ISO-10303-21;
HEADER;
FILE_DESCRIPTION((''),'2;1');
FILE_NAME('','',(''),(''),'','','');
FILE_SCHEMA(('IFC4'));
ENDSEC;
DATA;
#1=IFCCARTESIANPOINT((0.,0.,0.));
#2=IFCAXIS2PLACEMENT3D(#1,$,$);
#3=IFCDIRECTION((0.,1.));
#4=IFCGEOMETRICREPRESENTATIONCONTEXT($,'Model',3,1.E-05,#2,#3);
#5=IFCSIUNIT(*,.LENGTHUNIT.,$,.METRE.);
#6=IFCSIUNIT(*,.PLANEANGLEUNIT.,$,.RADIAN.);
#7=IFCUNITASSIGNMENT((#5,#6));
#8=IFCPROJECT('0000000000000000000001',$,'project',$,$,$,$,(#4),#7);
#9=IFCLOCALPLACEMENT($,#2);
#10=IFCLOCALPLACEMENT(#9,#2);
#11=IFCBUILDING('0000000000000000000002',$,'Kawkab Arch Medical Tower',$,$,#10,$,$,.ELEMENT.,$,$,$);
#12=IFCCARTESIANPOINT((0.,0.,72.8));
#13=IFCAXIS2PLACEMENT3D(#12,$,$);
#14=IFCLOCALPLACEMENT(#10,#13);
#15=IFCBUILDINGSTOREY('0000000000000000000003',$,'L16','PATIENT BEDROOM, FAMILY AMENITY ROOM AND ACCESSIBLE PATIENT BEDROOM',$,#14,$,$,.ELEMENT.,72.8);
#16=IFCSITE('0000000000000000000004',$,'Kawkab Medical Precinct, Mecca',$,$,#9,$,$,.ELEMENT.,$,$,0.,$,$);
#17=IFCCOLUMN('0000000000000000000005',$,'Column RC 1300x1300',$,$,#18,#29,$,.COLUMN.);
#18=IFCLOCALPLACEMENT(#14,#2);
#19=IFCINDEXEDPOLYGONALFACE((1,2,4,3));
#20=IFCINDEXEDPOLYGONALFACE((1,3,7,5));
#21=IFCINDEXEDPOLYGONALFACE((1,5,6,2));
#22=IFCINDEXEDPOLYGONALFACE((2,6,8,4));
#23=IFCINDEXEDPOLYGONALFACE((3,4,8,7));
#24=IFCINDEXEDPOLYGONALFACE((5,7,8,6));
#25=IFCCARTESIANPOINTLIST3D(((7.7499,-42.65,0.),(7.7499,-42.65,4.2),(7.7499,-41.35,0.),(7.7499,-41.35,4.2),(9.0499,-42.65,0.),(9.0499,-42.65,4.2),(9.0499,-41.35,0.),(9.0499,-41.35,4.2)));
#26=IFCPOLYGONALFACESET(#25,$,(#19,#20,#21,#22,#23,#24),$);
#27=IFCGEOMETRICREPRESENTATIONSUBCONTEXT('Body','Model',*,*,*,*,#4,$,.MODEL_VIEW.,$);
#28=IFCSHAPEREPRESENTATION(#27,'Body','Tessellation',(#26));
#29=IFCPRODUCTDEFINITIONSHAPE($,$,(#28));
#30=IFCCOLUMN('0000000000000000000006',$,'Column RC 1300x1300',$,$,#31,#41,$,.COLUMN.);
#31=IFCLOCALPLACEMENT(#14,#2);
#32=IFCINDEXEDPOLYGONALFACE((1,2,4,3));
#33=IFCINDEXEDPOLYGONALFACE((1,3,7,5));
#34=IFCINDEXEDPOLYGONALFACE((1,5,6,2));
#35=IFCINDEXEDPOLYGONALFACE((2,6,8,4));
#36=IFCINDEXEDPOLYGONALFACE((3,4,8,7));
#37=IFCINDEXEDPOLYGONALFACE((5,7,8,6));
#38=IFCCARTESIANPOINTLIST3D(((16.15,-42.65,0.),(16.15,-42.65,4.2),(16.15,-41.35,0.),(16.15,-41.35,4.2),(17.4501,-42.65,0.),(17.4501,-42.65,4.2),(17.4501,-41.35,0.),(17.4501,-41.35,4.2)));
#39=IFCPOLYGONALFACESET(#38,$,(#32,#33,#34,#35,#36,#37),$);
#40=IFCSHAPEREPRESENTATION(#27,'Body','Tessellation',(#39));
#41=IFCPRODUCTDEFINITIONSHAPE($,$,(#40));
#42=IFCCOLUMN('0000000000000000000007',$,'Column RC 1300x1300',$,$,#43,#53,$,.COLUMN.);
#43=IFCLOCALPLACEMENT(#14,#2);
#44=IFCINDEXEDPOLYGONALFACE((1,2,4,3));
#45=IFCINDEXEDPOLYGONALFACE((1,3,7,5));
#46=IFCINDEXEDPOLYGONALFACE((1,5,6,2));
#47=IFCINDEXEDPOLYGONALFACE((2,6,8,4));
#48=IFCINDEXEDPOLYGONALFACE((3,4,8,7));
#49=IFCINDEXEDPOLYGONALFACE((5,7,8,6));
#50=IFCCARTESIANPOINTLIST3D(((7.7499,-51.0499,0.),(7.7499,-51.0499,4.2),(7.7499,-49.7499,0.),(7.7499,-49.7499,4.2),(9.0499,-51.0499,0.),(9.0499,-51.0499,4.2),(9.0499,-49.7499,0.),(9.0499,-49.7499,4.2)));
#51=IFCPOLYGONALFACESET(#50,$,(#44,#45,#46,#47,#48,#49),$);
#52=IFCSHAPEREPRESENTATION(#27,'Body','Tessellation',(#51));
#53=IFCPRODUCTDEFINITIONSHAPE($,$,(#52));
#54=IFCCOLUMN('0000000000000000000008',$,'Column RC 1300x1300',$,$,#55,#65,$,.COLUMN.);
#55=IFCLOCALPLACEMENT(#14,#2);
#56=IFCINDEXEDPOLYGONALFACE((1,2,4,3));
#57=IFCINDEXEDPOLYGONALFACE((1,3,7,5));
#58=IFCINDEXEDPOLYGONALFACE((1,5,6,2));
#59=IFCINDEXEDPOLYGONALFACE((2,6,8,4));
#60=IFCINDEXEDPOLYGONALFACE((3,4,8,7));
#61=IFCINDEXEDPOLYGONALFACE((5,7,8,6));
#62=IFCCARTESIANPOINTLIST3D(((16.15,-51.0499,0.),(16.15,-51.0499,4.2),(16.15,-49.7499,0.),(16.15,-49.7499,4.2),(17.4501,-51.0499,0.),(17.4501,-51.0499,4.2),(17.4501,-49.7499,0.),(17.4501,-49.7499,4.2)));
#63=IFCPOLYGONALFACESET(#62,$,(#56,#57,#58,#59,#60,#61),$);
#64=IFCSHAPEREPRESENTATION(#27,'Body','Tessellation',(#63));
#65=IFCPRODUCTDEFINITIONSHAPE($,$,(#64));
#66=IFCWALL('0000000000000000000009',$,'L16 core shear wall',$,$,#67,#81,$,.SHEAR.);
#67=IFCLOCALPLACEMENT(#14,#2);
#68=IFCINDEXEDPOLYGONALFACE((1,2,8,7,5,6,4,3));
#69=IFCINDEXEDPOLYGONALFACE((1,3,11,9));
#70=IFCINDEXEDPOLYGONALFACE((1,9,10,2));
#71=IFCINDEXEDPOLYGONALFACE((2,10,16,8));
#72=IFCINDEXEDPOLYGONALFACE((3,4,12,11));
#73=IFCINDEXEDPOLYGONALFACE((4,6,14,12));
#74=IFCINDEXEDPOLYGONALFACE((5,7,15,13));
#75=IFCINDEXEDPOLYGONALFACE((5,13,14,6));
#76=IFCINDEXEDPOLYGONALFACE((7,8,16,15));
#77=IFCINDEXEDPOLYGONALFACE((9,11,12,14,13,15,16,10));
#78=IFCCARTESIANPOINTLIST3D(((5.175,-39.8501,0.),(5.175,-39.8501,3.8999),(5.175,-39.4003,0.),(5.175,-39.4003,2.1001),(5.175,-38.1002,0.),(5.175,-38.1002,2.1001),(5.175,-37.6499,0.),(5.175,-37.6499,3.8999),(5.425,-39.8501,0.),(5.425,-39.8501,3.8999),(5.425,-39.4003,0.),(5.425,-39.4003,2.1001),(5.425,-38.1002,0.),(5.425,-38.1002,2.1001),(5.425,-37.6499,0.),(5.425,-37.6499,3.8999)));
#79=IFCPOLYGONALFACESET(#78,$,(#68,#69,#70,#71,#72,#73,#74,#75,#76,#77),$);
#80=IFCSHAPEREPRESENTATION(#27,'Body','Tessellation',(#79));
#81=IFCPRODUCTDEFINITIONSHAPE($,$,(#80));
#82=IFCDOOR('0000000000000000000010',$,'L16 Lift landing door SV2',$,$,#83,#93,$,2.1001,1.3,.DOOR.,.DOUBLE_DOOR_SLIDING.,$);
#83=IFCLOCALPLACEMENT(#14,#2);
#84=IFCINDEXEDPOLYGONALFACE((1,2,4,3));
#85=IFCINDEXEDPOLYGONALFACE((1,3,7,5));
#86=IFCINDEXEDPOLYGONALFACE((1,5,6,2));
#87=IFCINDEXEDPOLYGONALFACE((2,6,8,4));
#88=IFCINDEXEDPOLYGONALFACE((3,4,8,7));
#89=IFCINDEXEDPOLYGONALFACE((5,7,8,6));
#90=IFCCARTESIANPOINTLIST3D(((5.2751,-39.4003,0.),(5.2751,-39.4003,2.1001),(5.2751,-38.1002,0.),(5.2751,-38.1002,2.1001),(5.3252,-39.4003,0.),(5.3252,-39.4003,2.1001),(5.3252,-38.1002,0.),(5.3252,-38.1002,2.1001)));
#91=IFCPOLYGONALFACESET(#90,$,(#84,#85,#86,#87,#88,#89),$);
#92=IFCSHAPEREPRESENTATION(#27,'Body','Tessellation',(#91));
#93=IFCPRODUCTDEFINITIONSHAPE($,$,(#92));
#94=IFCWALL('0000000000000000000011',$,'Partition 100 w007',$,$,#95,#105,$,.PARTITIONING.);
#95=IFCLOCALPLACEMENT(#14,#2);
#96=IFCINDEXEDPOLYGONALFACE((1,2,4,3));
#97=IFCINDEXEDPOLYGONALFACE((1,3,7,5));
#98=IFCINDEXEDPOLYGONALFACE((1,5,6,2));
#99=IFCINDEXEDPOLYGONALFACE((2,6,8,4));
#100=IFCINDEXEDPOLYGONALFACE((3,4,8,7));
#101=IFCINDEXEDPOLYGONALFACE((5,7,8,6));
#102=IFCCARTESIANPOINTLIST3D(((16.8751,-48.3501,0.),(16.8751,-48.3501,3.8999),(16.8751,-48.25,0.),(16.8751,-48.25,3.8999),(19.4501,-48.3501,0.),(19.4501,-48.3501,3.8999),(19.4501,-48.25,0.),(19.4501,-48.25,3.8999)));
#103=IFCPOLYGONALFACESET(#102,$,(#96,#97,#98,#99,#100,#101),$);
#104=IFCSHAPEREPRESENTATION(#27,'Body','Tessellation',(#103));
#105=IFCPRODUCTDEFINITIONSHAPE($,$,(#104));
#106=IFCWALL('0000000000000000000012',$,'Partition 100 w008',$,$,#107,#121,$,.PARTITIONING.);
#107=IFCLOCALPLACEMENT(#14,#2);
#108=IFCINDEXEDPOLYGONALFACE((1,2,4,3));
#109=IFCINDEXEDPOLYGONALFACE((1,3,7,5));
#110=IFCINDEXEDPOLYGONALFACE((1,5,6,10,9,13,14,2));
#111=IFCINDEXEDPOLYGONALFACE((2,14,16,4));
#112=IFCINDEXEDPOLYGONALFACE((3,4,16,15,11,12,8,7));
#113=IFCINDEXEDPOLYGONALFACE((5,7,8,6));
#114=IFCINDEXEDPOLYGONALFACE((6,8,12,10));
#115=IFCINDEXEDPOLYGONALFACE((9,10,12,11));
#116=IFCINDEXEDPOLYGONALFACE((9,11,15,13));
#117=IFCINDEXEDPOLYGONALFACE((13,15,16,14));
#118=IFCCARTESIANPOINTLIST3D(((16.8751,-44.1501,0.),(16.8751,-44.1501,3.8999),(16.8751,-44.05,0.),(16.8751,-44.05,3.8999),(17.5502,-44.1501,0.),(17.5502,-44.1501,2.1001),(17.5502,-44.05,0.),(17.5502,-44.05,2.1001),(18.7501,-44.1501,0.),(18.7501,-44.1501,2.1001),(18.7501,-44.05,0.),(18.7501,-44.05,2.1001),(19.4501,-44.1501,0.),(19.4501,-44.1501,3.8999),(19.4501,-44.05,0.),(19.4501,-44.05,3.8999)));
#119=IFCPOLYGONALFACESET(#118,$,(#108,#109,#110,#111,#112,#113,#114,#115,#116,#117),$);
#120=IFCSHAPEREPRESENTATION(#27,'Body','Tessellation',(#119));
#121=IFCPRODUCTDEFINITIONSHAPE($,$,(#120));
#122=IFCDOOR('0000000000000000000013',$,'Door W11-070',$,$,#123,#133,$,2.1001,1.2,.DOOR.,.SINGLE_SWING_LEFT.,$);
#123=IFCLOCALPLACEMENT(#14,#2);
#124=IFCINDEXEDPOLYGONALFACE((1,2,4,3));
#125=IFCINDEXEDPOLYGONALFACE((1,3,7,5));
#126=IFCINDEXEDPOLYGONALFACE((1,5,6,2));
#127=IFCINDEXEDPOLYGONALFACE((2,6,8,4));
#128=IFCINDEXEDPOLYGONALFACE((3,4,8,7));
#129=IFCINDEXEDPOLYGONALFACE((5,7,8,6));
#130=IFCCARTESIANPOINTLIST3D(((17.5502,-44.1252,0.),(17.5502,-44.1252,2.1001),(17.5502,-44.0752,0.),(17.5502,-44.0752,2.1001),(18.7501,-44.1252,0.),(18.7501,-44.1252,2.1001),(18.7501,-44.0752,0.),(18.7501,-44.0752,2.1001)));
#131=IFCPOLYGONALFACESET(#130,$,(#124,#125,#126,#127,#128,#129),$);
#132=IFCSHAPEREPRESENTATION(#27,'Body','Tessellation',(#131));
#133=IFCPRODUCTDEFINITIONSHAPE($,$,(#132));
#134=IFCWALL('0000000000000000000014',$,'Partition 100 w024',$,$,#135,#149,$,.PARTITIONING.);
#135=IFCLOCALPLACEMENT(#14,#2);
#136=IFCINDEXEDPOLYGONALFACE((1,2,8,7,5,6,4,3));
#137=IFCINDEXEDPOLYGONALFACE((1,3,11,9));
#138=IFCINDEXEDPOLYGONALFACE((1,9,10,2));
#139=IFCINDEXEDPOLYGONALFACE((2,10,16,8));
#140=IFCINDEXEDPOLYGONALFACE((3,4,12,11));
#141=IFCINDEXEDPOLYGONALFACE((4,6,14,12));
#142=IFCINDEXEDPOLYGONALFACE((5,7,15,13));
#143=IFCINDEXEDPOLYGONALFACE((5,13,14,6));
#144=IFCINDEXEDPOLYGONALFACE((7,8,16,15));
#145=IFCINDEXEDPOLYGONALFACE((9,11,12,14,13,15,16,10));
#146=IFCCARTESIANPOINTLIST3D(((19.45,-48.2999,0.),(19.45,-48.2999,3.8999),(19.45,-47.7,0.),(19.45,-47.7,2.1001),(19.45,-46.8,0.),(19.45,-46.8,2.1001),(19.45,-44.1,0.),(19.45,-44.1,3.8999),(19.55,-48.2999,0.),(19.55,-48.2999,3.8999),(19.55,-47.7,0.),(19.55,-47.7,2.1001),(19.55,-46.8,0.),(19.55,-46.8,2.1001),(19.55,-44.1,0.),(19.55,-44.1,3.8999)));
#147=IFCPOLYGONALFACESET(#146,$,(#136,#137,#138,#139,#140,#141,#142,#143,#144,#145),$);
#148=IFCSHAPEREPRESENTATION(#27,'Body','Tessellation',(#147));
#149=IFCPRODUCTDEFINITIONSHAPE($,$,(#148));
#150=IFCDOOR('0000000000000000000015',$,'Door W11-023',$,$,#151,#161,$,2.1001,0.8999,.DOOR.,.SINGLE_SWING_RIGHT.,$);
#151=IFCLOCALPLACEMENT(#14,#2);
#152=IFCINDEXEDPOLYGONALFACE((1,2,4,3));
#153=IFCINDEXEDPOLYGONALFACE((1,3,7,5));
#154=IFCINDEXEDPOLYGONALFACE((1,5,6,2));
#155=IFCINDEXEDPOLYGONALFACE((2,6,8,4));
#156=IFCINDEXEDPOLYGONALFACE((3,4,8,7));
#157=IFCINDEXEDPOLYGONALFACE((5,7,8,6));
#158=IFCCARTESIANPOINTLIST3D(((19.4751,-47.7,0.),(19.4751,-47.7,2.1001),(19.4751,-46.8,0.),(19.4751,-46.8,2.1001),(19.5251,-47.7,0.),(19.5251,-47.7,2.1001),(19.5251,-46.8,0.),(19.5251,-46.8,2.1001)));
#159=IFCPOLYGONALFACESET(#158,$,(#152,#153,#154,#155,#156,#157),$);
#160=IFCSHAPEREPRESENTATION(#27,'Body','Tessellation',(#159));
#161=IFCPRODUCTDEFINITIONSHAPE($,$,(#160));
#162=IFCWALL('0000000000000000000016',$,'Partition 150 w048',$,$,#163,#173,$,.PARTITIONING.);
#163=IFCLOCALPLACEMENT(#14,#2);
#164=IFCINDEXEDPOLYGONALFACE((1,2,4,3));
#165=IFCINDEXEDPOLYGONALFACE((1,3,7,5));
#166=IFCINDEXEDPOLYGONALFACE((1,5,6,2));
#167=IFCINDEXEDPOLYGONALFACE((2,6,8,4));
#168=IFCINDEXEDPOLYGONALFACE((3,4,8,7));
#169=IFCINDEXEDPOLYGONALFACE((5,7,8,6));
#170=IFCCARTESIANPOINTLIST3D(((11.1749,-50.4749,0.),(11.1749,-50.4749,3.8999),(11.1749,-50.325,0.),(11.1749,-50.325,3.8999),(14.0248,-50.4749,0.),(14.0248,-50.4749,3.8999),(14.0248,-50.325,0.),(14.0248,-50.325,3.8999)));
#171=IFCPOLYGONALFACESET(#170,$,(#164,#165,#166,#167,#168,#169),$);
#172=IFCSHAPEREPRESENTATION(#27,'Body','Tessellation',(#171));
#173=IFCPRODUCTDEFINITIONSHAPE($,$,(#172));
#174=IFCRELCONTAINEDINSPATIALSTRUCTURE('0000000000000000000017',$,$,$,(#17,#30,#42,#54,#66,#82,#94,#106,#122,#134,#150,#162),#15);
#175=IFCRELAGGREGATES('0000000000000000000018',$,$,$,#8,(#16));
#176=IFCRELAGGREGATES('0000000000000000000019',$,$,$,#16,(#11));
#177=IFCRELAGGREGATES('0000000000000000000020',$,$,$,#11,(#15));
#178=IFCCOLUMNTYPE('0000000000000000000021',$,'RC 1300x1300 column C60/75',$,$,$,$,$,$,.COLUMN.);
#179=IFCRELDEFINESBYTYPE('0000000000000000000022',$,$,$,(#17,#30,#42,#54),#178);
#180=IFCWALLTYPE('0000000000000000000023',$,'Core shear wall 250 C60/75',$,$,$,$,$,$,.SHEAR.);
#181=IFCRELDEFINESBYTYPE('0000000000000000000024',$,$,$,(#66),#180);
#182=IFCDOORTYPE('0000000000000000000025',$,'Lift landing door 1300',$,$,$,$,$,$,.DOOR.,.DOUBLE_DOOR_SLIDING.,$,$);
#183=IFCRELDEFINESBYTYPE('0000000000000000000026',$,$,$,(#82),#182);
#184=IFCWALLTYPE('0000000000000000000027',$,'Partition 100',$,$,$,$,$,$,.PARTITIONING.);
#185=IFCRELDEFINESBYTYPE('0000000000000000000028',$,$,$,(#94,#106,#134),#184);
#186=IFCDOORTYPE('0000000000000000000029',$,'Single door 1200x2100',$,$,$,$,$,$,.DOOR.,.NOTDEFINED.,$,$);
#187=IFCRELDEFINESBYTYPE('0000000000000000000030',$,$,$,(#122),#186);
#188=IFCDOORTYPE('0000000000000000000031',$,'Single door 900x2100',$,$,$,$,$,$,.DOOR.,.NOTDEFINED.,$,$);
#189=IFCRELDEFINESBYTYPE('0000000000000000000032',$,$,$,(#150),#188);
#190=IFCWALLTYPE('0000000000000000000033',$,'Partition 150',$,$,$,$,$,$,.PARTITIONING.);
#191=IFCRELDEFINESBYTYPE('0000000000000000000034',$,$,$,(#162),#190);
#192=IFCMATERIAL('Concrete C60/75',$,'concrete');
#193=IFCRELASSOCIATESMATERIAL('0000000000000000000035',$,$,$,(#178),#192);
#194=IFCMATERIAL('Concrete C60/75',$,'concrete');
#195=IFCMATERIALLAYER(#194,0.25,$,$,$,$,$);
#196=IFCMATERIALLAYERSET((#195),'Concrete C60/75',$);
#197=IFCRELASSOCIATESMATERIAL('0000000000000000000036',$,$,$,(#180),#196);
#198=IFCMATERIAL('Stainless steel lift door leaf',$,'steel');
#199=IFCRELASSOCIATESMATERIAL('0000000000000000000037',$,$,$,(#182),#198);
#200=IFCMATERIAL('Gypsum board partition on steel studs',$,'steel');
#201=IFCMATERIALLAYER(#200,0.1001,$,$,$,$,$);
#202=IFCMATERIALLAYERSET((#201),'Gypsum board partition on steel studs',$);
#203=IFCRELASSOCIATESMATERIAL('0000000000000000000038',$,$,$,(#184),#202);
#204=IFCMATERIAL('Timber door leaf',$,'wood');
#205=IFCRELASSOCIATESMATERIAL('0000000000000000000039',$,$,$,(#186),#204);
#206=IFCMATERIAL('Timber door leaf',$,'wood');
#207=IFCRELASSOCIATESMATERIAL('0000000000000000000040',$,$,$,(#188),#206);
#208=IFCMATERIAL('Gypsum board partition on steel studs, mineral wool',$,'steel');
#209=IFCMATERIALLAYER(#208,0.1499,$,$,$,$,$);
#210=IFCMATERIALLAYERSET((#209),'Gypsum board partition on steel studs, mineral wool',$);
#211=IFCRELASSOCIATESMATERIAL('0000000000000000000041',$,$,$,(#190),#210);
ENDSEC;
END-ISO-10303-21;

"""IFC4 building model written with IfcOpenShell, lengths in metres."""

from ifc_helpers import new_model, si_unit, direction, frame, frame_2d, origin, origin_2d, place, context, subcontext, project, spatial, rectangle, extrude, material, layer, layer_set, material_profile, profile_set, type_object, element, fill, save


model = new_model("IFC4")

# Units and contexts
model_context = context("Model", 3, precision=1e-05, world=origin(), true_north=direction((0.0, 1.0)))
body_context = subcontext(model_context, "Body", "Model", "MODEL_VIEW")
ifc_project = project(units=[si_unit("LENGTHUNIT", "METRE"), si_unit("PLANEANGLEUNIT", "RADIAN")], contexts=[model_context])

# Site, building, storey
site_placement = place(None, origin())
site = spatial("IfcSite", under=ifc_project, at=site_placement, Name="Kawkab Medical Precinct, Mecca", CompositionType="ELEMENT", RefElevation=0.0)
building_placement = place(site_placement, origin())
building = spatial("IfcBuilding", under=site, at=building_placement, Name="Kawkab Arch Medical Tower", CompositionType="ELEMENT")
storey_placement = place(building_placement, frame((0.0, 0.0, 72.8)))
storey = spatial("IfcBuildingStorey", under=building, at=storey_placement, Name="L16", Description="PATIENT BEDROOM, FAMILY AMENITY ROOM AND ACCESSIBLE PATIENT BEDROOM", CompositionType="ELEMENT", Elevation=72.8)

# Columns
ifc_material_1 = material(Name="Concrete C60/75", Category="concrete")
ifc_material_profile = material_profile(ifc_material_1, rectangle(XDim=1.3, YDim=1.3, at=origin_2d()), Name="RC 1300x1300")
ifc_profile_set = profile_set([ifc_material_profile], Name="Concrete C60/75")
column_type = type_object("IfcColumnType", Name="RC 1300x1300 column C60/75", PredefinedType="COLUMN", material=ifc_profile_set)
for number, where, z_axis, x_axis, name in (
    (1, (8.3999, -42.0, 0.0), (0.0, 0.0, 1.0), (1.0, 0.0, 0.0), "Column RC 1300x1300"),
    (2, (16.8, -42.0, 0.0), (0.0, 0.0, 1.0), (1.0, 0.0, 0.0), "Column RC 1300x1300"),
    (3, (8.3999, -50.3999, 0.0), (0.0, 0.0, 1.0), (1.0, 0.0, 0.0), "Column RC 1300x1300"),
    (4, (16.8, -50.3999, 0.0), (0.0, 0.0, 1.0), (1.0, 0.0, 0.0), "Column RC 1300x1300"),
):
    element("IfcColumn", number, at=place(storey_placement, frame(where, z_axis=z_axis, x_axis=x_axis)), inside=storey, type_object=column_type, Name=name, PredefinedType="COLUMN", context=body_context, shape_type="SweptSolid", body=[
        extrude(rectangle(XDim=1.3, YDim=1.3, at=origin_2d()), origin(), (0.0, 0.0, 1.0), 4.2),
    ])

# Wall, opening, door
ifc_material_2 = material(Name="Concrete C60/75", Category="concrete")
ifc_layer_1 = layer(ifc_material_2, 0.25)
ifc_layer_set_1 = layer_set([ifc_layer_1], Name="Concrete C60/75")
wall_type_1 = type_object("IfcWallType", Name="Core shear wall 250 C60/75", PredefinedType="SHEAR", material=ifc_layer_set_1)
wall_1_placement = place(storey_placement, frame((5.3, -39.8501, 0.0), z_axis=(0.0, 0.0, 1.0), x_axis=(0.0, 1.0, 0.0)))
wall_1 = element("IfcWall", 5, at=wall_1_placement, inside=storey, type_object=wall_type_1, Name="L16 core shear wall", PredefinedType="SHEAR", context=body_context, shape_type="SweptSolid", body=[
    extrude(rectangle(XDim=2.2002, YDim=0.25, at=frame_2d((1.1001, 0.0))), origin(), (0.0, 0.0, 1.0), 3.8999),
])
opening_1_placement = place(wall_1_placement, frame((0.45, 0.0, 0.0)))
opening_1 = element("IfcOpeningElement", 6, at=opening_1_placement, cuts=wall_1, PredefinedType="OPENING", context=body_context, shape_type="SweptSolid", body=[
    extrude(rectangle(XDim=1.3, YDim=2.1001, at=frame_2d((0.6499, 1.05))), frame((0.0, 0.135, 0.0), z_axis=(0.0, -1.0, 0.0), x_axis=(1.0, 0.0, 0.0)), (0.0, 0.0, 1.0), 0.27),
])
ifc_material_3 = material(Name="Stainless steel lift door leaf", Category="steel")
door_type_1 = type_object("IfcDoorType", Name="Lift landing door 1300", OperationType="DOUBLE_DOOR_SLIDING", PredefinedType="DOOR", material=ifc_material_3)
door_1_placement = place(opening_1_placement, origin())
door_1 = element("IfcDoor", 7, at=door_1_placement, inside=storey, type_object=door_type_1, Name="L16 Lift landing door SV2", OperationType="DOUBLE_DOOR_SLIDING", OverallHeight=2.1001, OverallWidth=1.3, PredefinedType="DOOR", context=body_context, shape_type="SweptSolid", body=[
    extrude(rectangle(XDim=1.3, YDim=2.1001, at=frame_2d((0.6499, 1.05))), frame((0.0, 0.0249, 0.0), z_axis=(0.0, -1.0, 0.0), x_axis=(1.0, 0.0, 0.0)), (0.0, 0.0, 1.0), 0.05),
])
fill(opening_1, door_1)

# Wall
ifc_material_4 = material(Name="Gypsum board partition on steel studs", Category="steel")
ifc_layer_2 = layer(ifc_material_4, 0.1001)
ifc_layer_set_2 = layer_set([ifc_layer_2], Name="Gypsum board partition on steel studs")
wall_type_2 = type_object("IfcWallType", Name="Partition 100", PredefinedType="PARTITIONING", material=ifc_layer_set_2)
wall_2_placement = place(storey_placement, frame((16.875, -48.3, 0.0), z_axis=(0.0, 0.0, 1.0), x_axis=(1.0, 0.0, 0.0)))
element("IfcWall", 8, at=wall_2_placement, inside=storey, type_object=wall_type_2, Name="Partition 100 w007", PredefinedType="PARTITIONING", context=body_context, shape_type="SweptSolid", body=[
    extrude(rectangle(XDim=2.575, YDim=0.1001, at=frame_2d((1.2876, 0.0))), origin(), (0.0, 0.0, 1.0), 3.8999),
])

# Walls, openings, doors
wall_3_placement = place(storey_placement, frame((16.875, -44.1001, 0.0), z_axis=(0.0, 0.0, 1.0), x_axis=(1.0, 0.0, 0.0)))
wall_3 = element("IfcWall", 9, at=wall_3_placement, inside=storey, type_object=wall_type_2, Name="Partition 100 w008", PredefinedType="PARTITIONING", context=body_context, shape_type="SweptSolid", body=[
    extrude(rectangle(XDim=2.575, YDim=0.1001, at=frame_2d((1.2876, 0.0))), origin(), (0.0, 0.0, 1.0), 3.8999),
])
opening_2_placement = place(wall_3_placement, frame((0.675, 0.0, 0.0)))
opening_2 = element("IfcOpeningElement", 10, at=opening_2_placement, cuts=wall_3, PredefinedType="OPENING", context=body_context, shape_type="SweptSolid", body=[
    extrude(rectangle(XDim=1.2, YDim=2.1001, at=frame_2d((0.6001, 1.05))), frame((0.0, 0.0601, 0.0), z_axis=(0.0, -1.0, 0.0), x_axis=(1.0, 0.0, 0.0)), (0.0, 0.0, 1.0), 0.1201),
])
ifc_material_5 = material(Name="Timber door leaf", Category="wood")
door_type_2 = type_object("IfcDoorType", Name="Single door 1200x2100", OperationType="NOTDEFINED", PredefinedType="DOOR", material=ifc_material_5)
door_2_placement = place(opening_2_placement, origin())
door_2 = element("IfcDoor", 11, at=door_2_placement, inside=storey, type_object=door_type_2, Name="Door W11-070", OperationType="SINGLE_SWING_LEFT", OverallHeight=2.1001, OverallWidth=1.2, PredefinedType="DOOR", context=body_context, shape_type="SweptSolid", body=[
    extrude(rectangle(XDim=1.2, YDim=2.1001, at=frame_2d((0.6001, 1.05))), frame((0.0, 0.0249, 0.0), z_axis=(0.0, -1.0, 0.0), x_axis=(1.0, 0.0, 0.0)), (0.0, 0.0, 1.0), 0.05),
])
fill(opening_2, door_2)
wall_4_placement = place(storey_placement, frame((19.5, -48.3, 0.0), z_axis=(0.0, 0.0, 1.0), x_axis=(0.0, 1.0, 0.0)))
wall_4 = element("IfcWall", 12, at=wall_4_placement, inside=storey, type_object=wall_type_2, Name="Partition 100 w024", PredefinedType="PARTITIONING", context=body_context, shape_type="SweptSolid", body=[
    extrude(rectangle(XDim=4.2, YDim=0.1001, at=frame_2d((2.1001, 0.0))), origin(), (0.0, 0.0, 1.0), 3.8999),
])
opening_3_placement = place(wall_4_placement, frame((0.6001, 0.0, 0.0)))
opening_3 = element("IfcOpeningElement", 13, at=opening_3_placement, cuts=wall_4, PredefinedType="OPENING", context=body_context, shape_type="SweptSolid", body=[
    extrude(rectangle(XDim=0.8999, YDim=2.1001, at=frame_2d((0.45, 1.05))), frame((0.0, 0.0601, 0.0), z_axis=(0.0, -1.0, 0.0), x_axis=(1.0, 0.0, 0.0)), (0.0, 0.0, 1.0), 0.1201),
])
ifc_material_6 = material(Name="Timber door leaf", Category="wood")
door_type_3 = type_object("IfcDoorType", Name="Single door 900x2100", OperationType="NOTDEFINED", PredefinedType="DOOR", material=ifc_material_6)
door_3_placement = place(opening_3_placement, origin())
door_3 = element("IfcDoor", 14, at=door_3_placement, inside=storey, type_object=door_type_3, Name="Door W11-023", OperationType="SINGLE_SWING_RIGHT", OverallHeight=2.1001, OverallWidth=0.8999, PredefinedType="DOOR", context=body_context, shape_type="SweptSolid", body=[
    extrude(rectangle(XDim=0.8999, YDim=2.1001, at=frame_2d((0.45, 1.05))), frame((0.0, 0.0249, 0.0), z_axis=(0.0, -1.0, 0.0), x_axis=(1.0, 0.0, 0.0)), (0.0, 0.0, 1.0), 0.05),
])
fill(opening_3, door_3)

# Wall
ifc_material_7 = material(Name="Gypsum board partition on steel studs, mineral wool", Category="steel")
ifc_layer_3 = layer(ifc_material_7, 0.1499)
ifc_layer_set_3 = layer_set([ifc_layer_3], Name="Gypsum board partition on steel studs, mineral wool")
wall_type_3 = type_object("IfcWallType", Name="Partition 150", PredefinedType="PARTITIONING", material=ifc_layer_set_3)
wall_5_placement = place(storey_placement, frame((11.175, -50.3999, 0.0), z_axis=(0.0, 0.0, 1.0), x_axis=(1.0, 0.0, 0.0)))
element("IfcWall", 15, at=wall_5_placement, inside=storey, type_object=wall_type_3, Name="Partition 150 w048", PredefinedType="PARTITIONING", context=body_context, shape_type="SweptSolid", body=[
    extrude(rectangle(XDim=2.8499, YDim=0.1499, at=frame_2d((1.4248, 0.0))), origin(), (0.0, 0.0, 1.0), 3.8999),
])

save(model, "model.ifc")
